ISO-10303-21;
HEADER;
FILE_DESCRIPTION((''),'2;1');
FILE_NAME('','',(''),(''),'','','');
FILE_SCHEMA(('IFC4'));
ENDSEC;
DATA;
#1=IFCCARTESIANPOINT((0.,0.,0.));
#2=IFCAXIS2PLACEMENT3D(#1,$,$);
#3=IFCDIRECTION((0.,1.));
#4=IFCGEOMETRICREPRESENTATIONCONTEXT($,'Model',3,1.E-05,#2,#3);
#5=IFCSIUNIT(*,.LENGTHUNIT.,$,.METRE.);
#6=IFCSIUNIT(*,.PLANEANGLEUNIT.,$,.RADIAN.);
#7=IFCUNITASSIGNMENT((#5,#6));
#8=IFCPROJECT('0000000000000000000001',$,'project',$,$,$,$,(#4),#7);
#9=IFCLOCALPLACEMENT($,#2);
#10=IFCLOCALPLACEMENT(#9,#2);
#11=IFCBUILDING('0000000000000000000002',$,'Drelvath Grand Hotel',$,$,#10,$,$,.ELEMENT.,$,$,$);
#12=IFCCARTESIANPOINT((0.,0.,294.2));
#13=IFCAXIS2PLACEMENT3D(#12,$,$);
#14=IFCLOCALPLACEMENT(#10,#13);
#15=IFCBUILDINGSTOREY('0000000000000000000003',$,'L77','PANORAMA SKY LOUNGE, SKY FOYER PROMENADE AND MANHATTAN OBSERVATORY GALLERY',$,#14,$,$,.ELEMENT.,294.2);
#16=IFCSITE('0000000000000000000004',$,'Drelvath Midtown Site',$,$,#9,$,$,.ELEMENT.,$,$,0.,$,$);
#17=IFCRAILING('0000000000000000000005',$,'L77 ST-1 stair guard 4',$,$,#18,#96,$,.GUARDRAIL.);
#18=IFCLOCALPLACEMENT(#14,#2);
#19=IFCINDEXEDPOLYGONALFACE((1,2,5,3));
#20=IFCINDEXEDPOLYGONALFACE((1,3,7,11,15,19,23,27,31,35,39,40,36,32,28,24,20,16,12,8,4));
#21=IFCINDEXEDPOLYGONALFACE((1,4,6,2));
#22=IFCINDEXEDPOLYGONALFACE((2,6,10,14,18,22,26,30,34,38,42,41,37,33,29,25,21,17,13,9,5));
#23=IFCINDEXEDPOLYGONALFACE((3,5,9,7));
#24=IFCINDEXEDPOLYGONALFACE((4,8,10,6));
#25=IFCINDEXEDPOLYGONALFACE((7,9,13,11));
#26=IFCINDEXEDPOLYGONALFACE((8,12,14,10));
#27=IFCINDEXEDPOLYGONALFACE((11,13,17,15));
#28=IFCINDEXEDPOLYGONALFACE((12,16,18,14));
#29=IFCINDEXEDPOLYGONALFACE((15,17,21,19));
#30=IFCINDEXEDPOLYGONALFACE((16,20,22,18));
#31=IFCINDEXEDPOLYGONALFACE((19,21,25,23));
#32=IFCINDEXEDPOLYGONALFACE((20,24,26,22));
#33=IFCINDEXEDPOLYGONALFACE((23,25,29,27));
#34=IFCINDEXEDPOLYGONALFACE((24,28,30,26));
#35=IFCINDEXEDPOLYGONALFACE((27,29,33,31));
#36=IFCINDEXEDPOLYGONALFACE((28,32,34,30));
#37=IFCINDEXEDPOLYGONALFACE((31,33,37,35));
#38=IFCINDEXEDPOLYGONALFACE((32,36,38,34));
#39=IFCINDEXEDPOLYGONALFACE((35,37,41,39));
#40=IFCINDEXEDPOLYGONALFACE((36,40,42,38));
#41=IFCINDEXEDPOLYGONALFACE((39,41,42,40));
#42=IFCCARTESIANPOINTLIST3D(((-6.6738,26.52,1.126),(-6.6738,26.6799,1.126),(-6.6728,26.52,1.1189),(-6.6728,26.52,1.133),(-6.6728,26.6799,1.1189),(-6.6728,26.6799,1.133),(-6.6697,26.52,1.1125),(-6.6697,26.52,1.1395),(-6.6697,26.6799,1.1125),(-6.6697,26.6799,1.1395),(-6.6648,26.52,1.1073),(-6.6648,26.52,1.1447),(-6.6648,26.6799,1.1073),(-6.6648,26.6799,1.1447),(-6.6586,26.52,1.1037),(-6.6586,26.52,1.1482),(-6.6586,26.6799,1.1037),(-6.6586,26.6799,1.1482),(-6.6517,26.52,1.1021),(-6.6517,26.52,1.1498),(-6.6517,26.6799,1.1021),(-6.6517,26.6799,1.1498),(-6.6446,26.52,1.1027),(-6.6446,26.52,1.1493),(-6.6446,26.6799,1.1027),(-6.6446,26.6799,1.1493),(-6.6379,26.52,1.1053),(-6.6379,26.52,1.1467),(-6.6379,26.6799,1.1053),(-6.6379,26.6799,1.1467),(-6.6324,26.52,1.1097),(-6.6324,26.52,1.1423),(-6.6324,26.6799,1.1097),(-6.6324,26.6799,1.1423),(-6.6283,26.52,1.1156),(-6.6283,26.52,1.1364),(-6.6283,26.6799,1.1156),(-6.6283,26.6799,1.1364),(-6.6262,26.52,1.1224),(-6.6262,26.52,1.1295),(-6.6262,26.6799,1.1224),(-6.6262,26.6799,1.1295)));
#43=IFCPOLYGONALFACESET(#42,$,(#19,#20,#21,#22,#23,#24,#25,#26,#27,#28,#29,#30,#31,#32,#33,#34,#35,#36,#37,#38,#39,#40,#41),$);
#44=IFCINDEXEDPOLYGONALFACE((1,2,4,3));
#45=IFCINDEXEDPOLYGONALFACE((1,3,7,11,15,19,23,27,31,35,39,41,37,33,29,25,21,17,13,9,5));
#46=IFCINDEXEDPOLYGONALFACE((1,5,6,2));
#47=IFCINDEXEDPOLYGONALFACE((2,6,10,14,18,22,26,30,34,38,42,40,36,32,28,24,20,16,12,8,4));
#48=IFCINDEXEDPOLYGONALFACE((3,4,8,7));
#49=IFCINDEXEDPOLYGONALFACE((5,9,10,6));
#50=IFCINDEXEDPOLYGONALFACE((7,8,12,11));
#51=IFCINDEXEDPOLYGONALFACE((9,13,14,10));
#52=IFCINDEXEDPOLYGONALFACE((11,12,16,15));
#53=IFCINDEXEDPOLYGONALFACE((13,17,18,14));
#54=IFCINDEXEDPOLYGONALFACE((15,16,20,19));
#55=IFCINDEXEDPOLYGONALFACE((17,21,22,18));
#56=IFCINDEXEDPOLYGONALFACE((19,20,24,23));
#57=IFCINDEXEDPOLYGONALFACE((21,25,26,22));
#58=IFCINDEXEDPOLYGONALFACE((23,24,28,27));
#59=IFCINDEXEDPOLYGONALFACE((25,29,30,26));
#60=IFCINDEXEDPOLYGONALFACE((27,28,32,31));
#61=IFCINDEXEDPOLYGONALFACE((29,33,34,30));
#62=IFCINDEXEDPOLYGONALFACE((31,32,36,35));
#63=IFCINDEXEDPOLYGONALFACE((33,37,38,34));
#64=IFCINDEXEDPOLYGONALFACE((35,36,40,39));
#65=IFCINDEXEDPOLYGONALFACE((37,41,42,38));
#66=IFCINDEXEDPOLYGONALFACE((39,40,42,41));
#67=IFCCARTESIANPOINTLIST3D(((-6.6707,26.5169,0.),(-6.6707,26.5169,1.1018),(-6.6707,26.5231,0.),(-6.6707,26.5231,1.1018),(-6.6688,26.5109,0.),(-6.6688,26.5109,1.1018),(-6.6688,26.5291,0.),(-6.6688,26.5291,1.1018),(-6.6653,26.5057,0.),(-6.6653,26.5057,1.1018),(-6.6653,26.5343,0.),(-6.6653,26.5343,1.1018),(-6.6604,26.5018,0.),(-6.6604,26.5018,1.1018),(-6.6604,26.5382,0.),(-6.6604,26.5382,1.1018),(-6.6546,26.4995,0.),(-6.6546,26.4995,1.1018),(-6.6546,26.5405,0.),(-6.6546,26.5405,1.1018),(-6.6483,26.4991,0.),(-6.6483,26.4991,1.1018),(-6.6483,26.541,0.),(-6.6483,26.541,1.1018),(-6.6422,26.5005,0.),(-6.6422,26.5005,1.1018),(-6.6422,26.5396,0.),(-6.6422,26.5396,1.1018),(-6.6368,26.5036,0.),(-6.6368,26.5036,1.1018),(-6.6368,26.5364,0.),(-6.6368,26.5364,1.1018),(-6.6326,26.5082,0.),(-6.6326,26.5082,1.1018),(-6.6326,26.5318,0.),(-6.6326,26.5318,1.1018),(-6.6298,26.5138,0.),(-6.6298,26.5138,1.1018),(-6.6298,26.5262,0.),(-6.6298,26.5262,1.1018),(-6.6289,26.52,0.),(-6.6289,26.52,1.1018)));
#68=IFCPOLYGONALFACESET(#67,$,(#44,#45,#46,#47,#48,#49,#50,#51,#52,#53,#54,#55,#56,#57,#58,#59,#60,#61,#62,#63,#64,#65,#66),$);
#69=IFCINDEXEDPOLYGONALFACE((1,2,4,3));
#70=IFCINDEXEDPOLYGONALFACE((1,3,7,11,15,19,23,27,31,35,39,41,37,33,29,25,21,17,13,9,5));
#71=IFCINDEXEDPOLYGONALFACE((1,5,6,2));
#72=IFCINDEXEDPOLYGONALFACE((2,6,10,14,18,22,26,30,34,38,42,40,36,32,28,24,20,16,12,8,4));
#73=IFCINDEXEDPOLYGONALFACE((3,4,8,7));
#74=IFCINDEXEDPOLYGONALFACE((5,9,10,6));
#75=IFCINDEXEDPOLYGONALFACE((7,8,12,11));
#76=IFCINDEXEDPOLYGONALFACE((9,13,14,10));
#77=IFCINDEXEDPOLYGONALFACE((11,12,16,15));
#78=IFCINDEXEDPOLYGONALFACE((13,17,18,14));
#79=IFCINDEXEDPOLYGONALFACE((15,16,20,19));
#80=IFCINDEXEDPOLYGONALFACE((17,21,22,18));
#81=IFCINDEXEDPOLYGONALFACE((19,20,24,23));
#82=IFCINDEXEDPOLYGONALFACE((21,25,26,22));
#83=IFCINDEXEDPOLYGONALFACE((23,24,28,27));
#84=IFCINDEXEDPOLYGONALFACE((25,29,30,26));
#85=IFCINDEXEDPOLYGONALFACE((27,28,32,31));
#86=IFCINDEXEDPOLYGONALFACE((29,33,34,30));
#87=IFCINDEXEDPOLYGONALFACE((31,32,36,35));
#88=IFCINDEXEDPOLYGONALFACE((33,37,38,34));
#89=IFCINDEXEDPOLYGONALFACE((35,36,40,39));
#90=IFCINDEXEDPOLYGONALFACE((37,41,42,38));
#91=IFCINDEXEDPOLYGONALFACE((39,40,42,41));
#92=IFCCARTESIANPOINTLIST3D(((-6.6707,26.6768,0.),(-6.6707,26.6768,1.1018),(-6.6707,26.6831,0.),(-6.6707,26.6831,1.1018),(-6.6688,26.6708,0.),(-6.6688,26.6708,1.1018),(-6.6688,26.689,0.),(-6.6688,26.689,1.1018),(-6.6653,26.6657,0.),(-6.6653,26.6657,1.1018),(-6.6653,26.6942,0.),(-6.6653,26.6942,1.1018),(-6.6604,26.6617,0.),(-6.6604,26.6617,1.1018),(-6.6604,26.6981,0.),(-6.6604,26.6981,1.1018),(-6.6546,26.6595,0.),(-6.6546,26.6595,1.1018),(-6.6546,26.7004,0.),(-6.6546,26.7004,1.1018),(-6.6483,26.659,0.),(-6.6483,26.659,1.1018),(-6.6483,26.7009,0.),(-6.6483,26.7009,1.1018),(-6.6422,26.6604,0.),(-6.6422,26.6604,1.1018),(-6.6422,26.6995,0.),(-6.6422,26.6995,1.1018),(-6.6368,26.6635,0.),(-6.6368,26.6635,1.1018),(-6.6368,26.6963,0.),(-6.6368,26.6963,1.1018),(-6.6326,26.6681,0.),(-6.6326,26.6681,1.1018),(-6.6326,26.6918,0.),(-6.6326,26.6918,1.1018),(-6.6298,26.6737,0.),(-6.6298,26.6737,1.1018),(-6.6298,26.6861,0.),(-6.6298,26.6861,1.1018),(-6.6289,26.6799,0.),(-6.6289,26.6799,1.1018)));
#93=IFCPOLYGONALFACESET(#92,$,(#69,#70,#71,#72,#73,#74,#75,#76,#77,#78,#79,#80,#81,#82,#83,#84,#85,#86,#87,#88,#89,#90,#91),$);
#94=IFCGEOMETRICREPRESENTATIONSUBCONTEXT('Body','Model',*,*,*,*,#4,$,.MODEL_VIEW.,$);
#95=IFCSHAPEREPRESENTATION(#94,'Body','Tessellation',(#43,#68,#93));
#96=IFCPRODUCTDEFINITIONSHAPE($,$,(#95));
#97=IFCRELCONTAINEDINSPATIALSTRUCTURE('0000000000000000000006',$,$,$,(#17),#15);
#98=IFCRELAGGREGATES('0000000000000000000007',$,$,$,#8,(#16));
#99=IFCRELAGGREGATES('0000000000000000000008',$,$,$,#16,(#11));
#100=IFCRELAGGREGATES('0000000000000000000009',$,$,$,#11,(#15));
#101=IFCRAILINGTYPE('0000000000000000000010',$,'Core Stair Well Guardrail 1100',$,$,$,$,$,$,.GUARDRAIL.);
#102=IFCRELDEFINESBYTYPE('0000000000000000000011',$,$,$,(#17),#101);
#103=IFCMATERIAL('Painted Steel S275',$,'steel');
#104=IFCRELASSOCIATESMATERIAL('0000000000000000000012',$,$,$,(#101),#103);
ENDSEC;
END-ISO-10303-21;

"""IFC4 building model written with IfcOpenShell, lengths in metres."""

from ifc_helpers import new_model, si_unit, direction, frame, origin, origin_2d, place, context, subcontext, project, spatial, circle, extrude, material, type_object, element, save


model = new_model("IFC4")

# Units and contexts
model_context = context("Model", 3, precision=1e-05, world=origin(), true_north=direction((0.0, 1.0)))
body_context = subcontext(model_context, "Body", "Model", "MODEL_VIEW")
ifc_project = project(units=[si_unit("LENGTHUNIT", "METRE"), si_unit("PLANEANGLEUNIT", "RADIAN")], contexts=[model_context])

# Site, building, storey
site_placement = place(None, origin())
site = spatial("IfcSite", under=ifc_project, at=site_placement, Name="Drelvath Midtown Site", CompositionType="ELEMENT", RefElevation=0.0)
building_placement = place(site_placement, origin())
building = spatial("IfcBuilding", under=site, at=building_placement, Name="Drelvath Grand Hotel", CompositionType="ELEMENT")
storey_placement = place(building_placement, frame((0.0, 0.0, 294.2)))
storey = spatial("IfcBuildingStorey", under=building, at=storey_placement, Name="L77", Description="PANORAMA SKY LOUNGE, SKY FOYER PROMENADE AND MANHATTAN OBSERVATORY GALLERY", CompositionType="ELEMENT", Elevation=294.2)

# Shared definitions
ifc_material_1 = material(Name="Painted Steel S275", Category="steel")

# Railing
railing_type_1 = type_object("IfcRailingType", Name="Core Stair Well Guardrail 1100", PredefinedType="GUARDRAIL", material=ifc_material_1)
railing_1_placement = place(storey_placement, frame((-6.6499, 26.52, 0.0)))
element("IfcRailing", 1, at=railing_1_placement, inside=storey, type_object=railing_type_1, Name="L77 ST-1 stair guard 4", PredefinedType="GUARDRAIL", context=body_context, shape_type="SweptSolid", body=[
    extrude(circle(Radius=0.0239, at=origin_2d()), frame((0.0, 0.0, 1.126), z_axis=(0.0, 1.0, 0.0), x_axis=(-1.0, 0.0, 0.0)), (0.0, 0.0, 1.0), 0.1599),
    extrude(circle(Radius=0.021, at=origin_2d()), origin(), (0.0, 0.0, 1.0), 1.1018),
    extrude(circle(Radius=0.021, at=origin_2d()), frame((0.0, 0.1599, 0.0)), (0.0, 0.0, 1.0), 1.1018),
])

save(model, "model.ifc")
